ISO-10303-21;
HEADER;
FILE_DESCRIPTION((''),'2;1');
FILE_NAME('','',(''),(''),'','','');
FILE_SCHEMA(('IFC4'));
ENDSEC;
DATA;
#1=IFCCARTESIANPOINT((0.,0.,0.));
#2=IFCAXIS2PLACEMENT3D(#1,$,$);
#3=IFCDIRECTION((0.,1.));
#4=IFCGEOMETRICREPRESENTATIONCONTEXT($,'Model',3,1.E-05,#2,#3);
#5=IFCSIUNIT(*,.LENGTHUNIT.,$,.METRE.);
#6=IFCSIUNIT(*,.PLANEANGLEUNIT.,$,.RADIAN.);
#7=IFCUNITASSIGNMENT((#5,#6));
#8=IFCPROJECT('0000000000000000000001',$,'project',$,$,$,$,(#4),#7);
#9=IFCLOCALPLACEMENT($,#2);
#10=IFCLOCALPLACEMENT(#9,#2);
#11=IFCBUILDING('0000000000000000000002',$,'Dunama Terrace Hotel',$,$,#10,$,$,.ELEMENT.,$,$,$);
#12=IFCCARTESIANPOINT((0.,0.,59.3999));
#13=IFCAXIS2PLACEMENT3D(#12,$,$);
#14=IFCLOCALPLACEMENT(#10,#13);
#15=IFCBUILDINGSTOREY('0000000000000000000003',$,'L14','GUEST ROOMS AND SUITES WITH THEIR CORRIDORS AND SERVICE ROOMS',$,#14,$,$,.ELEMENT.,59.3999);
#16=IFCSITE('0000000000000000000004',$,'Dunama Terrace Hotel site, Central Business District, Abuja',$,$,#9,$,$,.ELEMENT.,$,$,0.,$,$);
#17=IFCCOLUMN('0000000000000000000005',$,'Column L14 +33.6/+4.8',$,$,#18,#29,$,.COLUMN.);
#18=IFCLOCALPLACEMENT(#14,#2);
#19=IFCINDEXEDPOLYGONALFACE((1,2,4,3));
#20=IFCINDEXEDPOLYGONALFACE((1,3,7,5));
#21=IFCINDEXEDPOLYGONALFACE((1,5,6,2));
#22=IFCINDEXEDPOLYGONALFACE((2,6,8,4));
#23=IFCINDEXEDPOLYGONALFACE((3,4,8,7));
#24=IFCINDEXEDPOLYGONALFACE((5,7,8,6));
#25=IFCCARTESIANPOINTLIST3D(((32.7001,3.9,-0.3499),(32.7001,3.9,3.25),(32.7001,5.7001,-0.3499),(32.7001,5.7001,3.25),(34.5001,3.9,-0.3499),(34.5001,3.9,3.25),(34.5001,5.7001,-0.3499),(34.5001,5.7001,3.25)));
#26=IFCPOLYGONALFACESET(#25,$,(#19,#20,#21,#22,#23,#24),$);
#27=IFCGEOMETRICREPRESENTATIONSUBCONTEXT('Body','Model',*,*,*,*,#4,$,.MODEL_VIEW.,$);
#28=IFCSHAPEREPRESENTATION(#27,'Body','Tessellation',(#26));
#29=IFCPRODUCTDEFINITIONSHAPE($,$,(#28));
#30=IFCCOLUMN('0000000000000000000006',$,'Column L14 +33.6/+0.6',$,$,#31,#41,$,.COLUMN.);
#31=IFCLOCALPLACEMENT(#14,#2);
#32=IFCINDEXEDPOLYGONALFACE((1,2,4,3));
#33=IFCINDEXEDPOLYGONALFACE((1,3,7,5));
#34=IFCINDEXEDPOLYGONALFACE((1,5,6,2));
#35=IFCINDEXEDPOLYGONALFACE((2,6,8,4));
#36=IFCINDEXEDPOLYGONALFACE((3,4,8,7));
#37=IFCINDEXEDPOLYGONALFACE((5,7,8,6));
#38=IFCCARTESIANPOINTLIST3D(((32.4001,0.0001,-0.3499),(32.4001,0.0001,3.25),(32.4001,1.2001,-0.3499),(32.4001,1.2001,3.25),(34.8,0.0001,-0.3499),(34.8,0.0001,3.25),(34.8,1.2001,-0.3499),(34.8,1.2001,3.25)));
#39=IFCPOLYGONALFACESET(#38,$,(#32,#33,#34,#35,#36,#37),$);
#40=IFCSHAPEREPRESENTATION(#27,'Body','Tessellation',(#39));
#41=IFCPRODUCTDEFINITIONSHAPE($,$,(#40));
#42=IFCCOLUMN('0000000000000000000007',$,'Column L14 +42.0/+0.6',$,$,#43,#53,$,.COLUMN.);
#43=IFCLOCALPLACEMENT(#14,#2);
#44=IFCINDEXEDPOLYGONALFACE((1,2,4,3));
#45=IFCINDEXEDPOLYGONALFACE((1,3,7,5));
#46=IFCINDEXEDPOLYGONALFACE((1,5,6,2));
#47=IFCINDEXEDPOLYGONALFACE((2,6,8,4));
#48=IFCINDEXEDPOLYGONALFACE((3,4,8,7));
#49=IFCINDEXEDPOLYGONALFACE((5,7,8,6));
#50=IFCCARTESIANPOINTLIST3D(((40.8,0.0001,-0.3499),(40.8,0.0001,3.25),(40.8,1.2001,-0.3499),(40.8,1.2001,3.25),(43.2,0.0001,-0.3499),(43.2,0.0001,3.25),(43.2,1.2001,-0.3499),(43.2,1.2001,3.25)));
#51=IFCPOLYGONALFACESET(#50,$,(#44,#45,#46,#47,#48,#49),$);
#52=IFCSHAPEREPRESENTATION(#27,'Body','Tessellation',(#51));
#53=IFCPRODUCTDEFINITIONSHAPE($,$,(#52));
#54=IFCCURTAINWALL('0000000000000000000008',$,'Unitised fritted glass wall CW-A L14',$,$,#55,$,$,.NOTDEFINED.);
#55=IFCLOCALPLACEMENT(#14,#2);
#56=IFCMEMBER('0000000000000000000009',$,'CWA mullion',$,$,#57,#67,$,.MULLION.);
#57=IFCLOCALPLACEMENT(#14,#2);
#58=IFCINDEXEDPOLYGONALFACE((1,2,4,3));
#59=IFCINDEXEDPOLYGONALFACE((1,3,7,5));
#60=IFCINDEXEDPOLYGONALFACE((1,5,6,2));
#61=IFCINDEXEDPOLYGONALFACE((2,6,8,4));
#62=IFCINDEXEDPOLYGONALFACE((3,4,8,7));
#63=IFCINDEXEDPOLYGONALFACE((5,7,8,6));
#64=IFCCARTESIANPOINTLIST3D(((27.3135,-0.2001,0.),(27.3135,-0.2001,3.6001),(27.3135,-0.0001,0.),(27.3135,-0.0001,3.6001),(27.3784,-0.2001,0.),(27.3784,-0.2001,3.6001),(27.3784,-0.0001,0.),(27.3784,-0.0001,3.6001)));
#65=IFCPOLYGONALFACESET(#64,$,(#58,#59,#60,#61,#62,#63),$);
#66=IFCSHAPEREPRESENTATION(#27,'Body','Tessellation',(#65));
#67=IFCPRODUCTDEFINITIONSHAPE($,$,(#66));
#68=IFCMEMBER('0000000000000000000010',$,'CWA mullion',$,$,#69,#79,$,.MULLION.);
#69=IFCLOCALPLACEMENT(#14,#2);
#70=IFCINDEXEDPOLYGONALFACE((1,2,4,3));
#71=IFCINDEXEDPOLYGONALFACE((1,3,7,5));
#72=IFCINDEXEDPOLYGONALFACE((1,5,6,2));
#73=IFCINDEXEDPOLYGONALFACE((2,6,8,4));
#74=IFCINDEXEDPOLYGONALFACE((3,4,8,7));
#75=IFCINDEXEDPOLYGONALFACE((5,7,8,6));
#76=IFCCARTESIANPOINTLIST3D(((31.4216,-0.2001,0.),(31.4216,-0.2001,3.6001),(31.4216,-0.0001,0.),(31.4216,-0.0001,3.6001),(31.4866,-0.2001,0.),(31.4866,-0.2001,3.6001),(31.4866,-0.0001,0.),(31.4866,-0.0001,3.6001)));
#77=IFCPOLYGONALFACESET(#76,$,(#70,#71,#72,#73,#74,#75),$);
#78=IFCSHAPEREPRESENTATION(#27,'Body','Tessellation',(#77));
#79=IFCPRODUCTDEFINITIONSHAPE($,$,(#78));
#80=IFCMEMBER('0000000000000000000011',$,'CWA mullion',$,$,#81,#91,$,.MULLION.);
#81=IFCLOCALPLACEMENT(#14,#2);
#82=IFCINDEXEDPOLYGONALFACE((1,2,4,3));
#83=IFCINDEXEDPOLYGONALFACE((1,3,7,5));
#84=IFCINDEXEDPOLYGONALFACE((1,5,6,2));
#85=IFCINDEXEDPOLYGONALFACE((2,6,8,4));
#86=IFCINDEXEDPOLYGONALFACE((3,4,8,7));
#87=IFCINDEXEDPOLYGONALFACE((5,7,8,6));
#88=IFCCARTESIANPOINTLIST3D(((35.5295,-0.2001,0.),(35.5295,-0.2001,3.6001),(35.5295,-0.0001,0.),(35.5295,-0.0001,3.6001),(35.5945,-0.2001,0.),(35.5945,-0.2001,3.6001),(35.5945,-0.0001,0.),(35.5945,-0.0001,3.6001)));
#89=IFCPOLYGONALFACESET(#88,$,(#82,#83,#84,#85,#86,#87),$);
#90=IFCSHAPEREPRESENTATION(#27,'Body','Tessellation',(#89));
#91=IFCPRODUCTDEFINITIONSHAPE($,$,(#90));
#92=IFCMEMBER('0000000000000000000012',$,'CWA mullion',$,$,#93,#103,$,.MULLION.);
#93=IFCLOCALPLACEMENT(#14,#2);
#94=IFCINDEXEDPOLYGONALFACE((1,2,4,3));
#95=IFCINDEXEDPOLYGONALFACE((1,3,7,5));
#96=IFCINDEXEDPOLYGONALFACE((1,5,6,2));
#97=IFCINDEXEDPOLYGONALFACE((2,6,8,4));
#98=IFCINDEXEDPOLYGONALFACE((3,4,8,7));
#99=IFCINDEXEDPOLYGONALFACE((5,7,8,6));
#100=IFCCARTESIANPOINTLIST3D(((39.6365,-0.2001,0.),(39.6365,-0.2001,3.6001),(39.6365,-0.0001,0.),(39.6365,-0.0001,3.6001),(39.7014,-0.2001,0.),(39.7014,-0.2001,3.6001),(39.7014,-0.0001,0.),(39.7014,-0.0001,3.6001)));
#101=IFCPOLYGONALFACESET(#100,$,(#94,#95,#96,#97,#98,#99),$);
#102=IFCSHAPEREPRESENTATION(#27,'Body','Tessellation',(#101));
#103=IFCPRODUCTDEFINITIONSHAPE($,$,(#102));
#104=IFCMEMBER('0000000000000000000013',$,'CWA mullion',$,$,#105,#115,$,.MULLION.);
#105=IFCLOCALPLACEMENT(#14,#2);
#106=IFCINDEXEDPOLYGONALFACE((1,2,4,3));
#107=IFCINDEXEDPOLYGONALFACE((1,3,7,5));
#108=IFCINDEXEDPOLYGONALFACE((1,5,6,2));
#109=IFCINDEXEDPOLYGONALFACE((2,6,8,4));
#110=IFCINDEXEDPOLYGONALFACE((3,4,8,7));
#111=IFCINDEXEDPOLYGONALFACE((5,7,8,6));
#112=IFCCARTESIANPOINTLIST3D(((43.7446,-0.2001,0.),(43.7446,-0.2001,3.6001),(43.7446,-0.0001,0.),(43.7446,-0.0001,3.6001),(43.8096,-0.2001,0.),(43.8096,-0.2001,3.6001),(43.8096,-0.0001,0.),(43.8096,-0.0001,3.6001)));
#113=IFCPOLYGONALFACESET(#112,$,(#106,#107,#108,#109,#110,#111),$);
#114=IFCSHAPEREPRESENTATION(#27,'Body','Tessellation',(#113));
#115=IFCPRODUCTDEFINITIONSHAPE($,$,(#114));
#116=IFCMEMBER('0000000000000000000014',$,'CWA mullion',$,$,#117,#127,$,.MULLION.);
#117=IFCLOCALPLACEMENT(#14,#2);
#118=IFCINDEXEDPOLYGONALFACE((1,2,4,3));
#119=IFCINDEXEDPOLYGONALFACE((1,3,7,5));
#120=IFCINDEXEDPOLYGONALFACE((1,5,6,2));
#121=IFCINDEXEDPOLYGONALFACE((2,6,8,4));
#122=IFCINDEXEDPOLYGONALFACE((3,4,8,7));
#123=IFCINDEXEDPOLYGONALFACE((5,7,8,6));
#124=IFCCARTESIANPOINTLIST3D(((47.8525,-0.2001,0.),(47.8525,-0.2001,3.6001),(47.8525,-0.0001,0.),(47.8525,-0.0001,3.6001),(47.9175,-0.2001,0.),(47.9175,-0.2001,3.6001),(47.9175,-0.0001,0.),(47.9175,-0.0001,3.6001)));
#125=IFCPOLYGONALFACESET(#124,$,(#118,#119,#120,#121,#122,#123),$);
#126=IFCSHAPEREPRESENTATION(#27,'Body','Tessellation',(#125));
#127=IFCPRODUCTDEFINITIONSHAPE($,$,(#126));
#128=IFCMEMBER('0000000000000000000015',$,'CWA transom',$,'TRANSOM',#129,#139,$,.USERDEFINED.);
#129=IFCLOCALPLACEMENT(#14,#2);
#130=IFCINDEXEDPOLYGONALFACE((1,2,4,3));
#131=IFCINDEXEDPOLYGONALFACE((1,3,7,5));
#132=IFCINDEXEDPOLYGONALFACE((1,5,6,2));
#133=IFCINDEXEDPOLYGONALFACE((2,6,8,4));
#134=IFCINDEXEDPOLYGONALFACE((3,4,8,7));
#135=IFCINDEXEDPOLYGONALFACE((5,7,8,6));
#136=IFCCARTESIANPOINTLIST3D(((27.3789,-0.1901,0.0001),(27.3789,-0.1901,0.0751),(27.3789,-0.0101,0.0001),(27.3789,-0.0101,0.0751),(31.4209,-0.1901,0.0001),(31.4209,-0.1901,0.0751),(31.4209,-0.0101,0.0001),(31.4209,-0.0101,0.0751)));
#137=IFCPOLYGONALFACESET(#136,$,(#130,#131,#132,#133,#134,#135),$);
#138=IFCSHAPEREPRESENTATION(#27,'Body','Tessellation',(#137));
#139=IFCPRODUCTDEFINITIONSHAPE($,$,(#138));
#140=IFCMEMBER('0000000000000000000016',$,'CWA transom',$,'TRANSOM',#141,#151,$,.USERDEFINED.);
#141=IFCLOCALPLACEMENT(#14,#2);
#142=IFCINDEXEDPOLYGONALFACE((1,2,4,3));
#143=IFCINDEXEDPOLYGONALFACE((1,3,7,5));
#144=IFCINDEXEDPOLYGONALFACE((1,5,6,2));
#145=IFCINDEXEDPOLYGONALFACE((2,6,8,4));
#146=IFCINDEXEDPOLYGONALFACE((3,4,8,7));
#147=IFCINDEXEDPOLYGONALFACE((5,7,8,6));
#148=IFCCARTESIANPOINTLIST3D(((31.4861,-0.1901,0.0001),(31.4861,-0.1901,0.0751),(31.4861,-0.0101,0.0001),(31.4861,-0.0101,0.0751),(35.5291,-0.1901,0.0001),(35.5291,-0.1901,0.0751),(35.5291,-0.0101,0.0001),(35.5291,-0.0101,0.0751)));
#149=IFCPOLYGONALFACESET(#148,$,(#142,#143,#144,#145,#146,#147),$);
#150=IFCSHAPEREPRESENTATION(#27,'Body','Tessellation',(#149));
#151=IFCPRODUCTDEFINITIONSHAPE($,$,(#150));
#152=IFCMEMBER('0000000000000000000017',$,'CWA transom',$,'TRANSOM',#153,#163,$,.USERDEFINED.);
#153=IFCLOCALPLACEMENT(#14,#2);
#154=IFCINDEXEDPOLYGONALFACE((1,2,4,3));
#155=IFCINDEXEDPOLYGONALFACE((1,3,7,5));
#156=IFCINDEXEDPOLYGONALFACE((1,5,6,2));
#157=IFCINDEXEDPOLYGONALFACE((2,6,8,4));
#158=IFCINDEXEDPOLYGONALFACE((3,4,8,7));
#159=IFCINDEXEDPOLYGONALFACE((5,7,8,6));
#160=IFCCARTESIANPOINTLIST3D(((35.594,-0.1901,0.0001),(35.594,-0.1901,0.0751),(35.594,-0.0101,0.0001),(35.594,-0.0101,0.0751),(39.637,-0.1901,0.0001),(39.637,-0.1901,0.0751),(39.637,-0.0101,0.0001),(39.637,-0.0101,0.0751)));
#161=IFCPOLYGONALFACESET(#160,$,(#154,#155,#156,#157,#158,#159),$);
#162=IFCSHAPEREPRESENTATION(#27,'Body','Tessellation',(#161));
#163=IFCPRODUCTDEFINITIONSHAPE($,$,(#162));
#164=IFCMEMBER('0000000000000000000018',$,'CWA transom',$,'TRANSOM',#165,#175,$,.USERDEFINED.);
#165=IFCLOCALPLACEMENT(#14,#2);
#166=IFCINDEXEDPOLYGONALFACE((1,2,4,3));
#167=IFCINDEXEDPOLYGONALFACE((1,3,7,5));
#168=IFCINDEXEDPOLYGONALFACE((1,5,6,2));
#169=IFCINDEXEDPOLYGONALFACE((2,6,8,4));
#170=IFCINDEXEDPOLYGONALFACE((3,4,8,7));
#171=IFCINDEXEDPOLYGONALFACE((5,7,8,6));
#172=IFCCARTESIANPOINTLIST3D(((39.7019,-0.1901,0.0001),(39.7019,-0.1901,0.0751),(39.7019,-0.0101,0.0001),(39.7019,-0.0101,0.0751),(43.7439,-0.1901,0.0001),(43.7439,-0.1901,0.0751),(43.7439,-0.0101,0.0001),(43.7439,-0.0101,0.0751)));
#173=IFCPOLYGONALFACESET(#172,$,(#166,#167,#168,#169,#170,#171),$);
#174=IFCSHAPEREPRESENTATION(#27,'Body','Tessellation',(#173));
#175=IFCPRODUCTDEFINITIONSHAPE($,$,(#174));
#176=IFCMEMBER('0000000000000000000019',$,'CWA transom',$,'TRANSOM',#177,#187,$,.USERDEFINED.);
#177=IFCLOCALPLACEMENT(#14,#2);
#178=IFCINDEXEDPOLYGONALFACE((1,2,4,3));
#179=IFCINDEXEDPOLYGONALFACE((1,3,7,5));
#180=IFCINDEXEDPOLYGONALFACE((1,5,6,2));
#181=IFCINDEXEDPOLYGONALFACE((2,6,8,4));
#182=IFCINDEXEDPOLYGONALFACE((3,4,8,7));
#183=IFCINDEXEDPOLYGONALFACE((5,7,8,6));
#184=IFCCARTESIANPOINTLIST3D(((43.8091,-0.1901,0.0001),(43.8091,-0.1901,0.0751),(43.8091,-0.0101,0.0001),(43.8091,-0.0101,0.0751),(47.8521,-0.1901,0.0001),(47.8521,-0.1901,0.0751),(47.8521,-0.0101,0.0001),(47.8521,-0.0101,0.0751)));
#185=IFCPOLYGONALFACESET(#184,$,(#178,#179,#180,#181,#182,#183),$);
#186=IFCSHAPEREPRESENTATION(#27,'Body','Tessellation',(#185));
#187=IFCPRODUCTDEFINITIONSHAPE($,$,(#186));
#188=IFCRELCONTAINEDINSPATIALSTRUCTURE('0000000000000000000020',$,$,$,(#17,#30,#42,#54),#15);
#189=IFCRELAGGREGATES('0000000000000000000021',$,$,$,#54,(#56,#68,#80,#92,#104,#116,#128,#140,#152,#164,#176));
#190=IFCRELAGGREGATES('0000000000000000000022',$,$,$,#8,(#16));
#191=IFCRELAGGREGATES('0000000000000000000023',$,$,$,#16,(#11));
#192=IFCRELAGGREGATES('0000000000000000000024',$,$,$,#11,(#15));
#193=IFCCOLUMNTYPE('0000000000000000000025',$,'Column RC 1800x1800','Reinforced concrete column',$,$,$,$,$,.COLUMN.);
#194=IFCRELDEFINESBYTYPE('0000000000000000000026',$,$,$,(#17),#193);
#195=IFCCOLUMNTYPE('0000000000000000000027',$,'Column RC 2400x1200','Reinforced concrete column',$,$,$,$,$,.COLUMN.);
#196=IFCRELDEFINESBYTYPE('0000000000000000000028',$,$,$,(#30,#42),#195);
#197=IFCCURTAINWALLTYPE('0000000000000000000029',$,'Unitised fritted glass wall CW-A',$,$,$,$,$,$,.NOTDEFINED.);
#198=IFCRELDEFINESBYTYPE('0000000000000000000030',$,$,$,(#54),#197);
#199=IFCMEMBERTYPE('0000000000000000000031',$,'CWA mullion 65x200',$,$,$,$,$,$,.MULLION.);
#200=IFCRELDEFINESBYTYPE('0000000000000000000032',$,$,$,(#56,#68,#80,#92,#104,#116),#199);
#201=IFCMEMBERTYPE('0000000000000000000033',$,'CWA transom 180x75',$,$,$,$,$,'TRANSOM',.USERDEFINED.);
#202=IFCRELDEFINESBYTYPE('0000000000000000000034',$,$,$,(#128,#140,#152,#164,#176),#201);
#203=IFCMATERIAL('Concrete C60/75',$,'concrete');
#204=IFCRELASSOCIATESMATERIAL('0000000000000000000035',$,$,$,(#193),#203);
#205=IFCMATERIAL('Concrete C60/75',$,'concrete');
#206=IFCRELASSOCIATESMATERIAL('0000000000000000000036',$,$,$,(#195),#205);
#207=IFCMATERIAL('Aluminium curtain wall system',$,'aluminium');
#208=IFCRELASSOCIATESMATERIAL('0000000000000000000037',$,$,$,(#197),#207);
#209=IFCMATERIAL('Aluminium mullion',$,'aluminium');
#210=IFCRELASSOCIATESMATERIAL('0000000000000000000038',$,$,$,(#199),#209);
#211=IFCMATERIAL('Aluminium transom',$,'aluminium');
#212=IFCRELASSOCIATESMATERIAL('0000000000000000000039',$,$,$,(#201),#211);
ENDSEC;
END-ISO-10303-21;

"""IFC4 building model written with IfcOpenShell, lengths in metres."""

from ifc_helpers import new_model, si_unit, direction, frame, origin, origin_2d, place, context, subcontext, project, spatial, rectangle, extrude, material, material_profile, profile_set, type_object, element, aggregate, save


model = new_model("IFC4")

# Units and contexts
model_context = context("Model", 3, precision=1e-05, world=origin(), true_north=direction((0.0, 1.0)))
body_context = subcontext(model_context, "Body", "Model", "MODEL_VIEW")
ifc_project = project(units=[si_unit("LENGTHUNIT", "METRE"), si_unit("PLANEANGLEUNIT", "RADIAN")], contexts=[model_context])

# Site, building, storey
site_placement = place(None, origin())
site = spatial("IfcSite", under=ifc_project, at=site_placement, Name="Dunama Terrace Hotel site, Central Business District, Abuja", CompositionType="ELEMENT", RefElevation=0.0)
building_placement = place(site_placement, origin())
building = spatial("IfcBuilding", under=site, at=building_placement, Name="Dunama Terrace Hotel", CompositionType="ELEMENT")
storey_placement = place(building_placement, frame((0.0, 0.0, 59.3999)))
storey = spatial("IfcBuildingStorey", under=building, at=storey_placement, Name="L14", Description="GUEST ROOMS AND SUITES WITH THEIR CORRIDORS AND SERVICE ROOMS", CompositionType="ELEMENT", Elevation=59.3999)

# Columns
ifc_material_1 = material(Name="Concrete C60/75", Category="concrete")
ifc_material_profile_1 = material_profile(ifc_material_1, rectangle(XDim=1.8, YDim=1.8, at=origin_2d()), Name="RC 1800x1800")
ifc_profile_set_1 = profile_set([ifc_material_profile_1], Name="Concrete C60/75")
column_type_1 = type_object("IfcColumnType", Name="Column RC 1800x1800", Description="Reinforced concrete column", PredefinedType="COLUMN", material=ifc_profile_set_1)
column_placement = place(storey_placement, frame((33.6001, 4.8, -0.3499), z_axis=(0.0, 0.0, 1.0), x_axis=(1.0, 0.0, 0.0)))
element("IfcColumn", 1, at=column_placement, inside=storey, type_object=column_type_1, Name="Column L14 +33.6/+4.8", PredefinedType="COLUMN", context=body_context, shape_type="SweptSolid", body=[
    extrude(rectangle(XDim=1.8, YDim=1.8, at=origin_2d()), origin(), (0.0, 0.0, 1.0), 3.5999),
])
ifc_material_2 = material(Name="Concrete C60/75", Category="concrete")
ifc_material_profile_2 = material_profile(ifc_material_2, rectangle(XDim=2.3999, YDim=1.2, at=origin_2d()), Name="RC 2400x1200")
ifc_profile_set_2 = profile_set([ifc_material_profile_2], Name="Concrete C60/75")
column_type_2 = type_object("IfcColumnType", Name="Column RC 2400x1200", Description="Reinforced concrete column", PredefinedType="COLUMN", material=ifc_profile_set_2)
for number, where, z_axis, x_axis, name in (
    (2, (33.6001, 0.6001, -0.3499), (0.0, 0.0, 1.0), (1.0, 0.0, 0.0), "Column L14 +33.6/+0.6"),
    (3, (42.0, 0.6001, -0.3499), (0.0, 0.0, 1.0), (1.0, 0.0, 0.0), "Column L14 +42.0/+0.6"),
):
    element("IfcColumn", number, at=place(storey_placement, frame(where, z_axis=z_axis, x_axis=x_axis)), inside=storey, type_object=column_type_2, Name=name, PredefinedType="COLUMN", context=body_context, shape_type="SweptSolid", body=[
        extrude(rectangle(XDim=2.3999, YDim=1.2, at=origin_2d()), origin(), (0.0, 0.0, 1.0), 3.5999),
    ])

# Curtain wall, members
ifc_material_3 = material(Name="Aluminium curtain wall system", Category="aluminium")
curtain_wall_type = type_object("IfcCurtainWallType", Name="Unitised fritted glass wall CW-A", PredefinedType="NOTDEFINED", material=ifc_material_3)
curtain_wall_placement = place(storey_placement, origin())
curtain_wall = element("IfcCurtainWall", 4, at=curtain_wall_placement, inside=storey, type_object=curtain_wall_type, Name="Unitised fritted glass wall CW-A L14", PredefinedType="NOTDEFINED")
ifc_material_4 = material(Name="Aluminium mullion", Category="aluminium")
ifc_material_profile_3 = material_profile(ifc_material_4, rectangle(XDim=0.0649, YDim=0.2, at=origin_2d()), Name="CWA MULLION 65X200")
ifc_profile_set_3 = profile_set([ifc_material_profile_3], Name="Aluminium mullion")
member_type_1 = type_object("IfcMemberType", Name="CWA mullion 65x200", PredefinedType="MULLION", material=ifc_profile_set_3)
member_1_placement = place(storey_placement, frame((27.3459, -0.1001, 0.0), z_axis=(0.0, 0.0, 1.0), x_axis=(1.0, 0.0, 0.0)))
member_1 = element("IfcMember", 5, at=member_1_placement, type_object=member_type_1, Name="CWA mullion", PredefinedType="MULLION", context=body_context, shape_type="SweptSolid", body=[
    extrude(rectangle(XDim=0.0649, YDim=0.2, at=origin_2d()), origin(), (0.0, 0.0, 1.0), 3.6001),
])
member_2_placement = place(storey_placement, frame((31.4541, -0.1001, 0.0), z_axis=(0.0, 0.0, 1.0), x_axis=(1.0, 0.0, 0.0)))
member_2 = element("IfcMember", 6, at=member_2_placement, type_object=member_type_1, Name="CWA mullion", PredefinedType="MULLION", context=body_context, shape_type="SweptSolid", body=[
    extrude(rectangle(XDim=0.0649, YDim=0.2, at=origin_2d()), origin(), (0.0, 0.0, 1.0), 3.6001),
])
member_3_placement = place(storey_placement, frame((35.562, -0.1001, 0.0), z_axis=(0.0, 0.0, 1.0), x_axis=(1.0, 0.0, 0.0)))
member_3 = element("IfcMember", 7, at=member_3_placement, type_object=member_type_1, Name="CWA mullion", PredefinedType="MULLION", context=body_context, shape_type="SweptSolid", body=[
    extrude(rectangle(XDim=0.0649, YDim=0.2, at=origin_2d()), origin(), (0.0, 0.0, 1.0), 3.6001),
])
member_4_placement = place(storey_placement, frame((39.6689, -0.1001, 0.0), z_axis=(0.0, 0.0, 1.0), x_axis=(1.0, 0.0, 0.0)))
member_4 = element("IfcMember", 8, at=member_4_placement, type_object=member_type_1, Name="CWA mullion", PredefinedType="MULLION", context=body_context, shape_type="SweptSolid", body=[
    extrude(rectangle(XDim=0.0649, YDim=0.2, at=origin_2d()), origin(), (0.0, 0.0, 1.0), 3.6001),
])
member_5_placement = place(storey_placement, frame((43.7771, -0.1001, 0.0), z_axis=(0.0, 0.0, 1.0), x_axis=(1.0, 0.0, 0.0)))
member_5 = element("IfcMember", 9, at=member_5_placement, type_object=member_type_1, Name="CWA mullion", PredefinedType="MULLION", context=body_context, shape_type="SweptSolid", body=[
    extrude(rectangle(XDim=0.0649, YDim=0.2, at=origin_2d()), origin(), (0.0, 0.0, 1.0), 3.6001),
])
member_6_placement = place(storey_placement, frame((47.885, -0.1001, 0.0), z_axis=(0.0, 0.0, 1.0), x_axis=(1.0, 0.0, 0.0)))
member_6 = element("IfcMember", 10, at=member_6_placement, type_object=member_type_1, Name="CWA mullion", PredefinedType="MULLION", context=body_context, shape_type="SweptSolid", body=[
    extrude(rectangle(XDim=0.0649, YDim=0.2, at=origin_2d()), origin(), (0.0, 0.0, 1.0), 3.6001),
])
ifc_material_5 = material(Name="Aluminium transom", Category="aluminium")
ifc_material_profile_4 = material_profile(ifc_material_5, rectangle(XDim=0.1799, YDim=0.075, at=origin_2d()), Name="CWA TRANSOM 180X75")
ifc_profile_set_4 = profile_set([ifc_material_profile_4], Name="Aluminium transom")
member_type_2 = type_object("IfcMemberType", Name="CWA transom 180x75", ElementType="TRANSOM", PredefinedType="USERDEFINED", material=ifc_profile_set_4)
member_7_placement = place(storey_placement, frame((27.3789, -0.1001, 0.0376), z_axis=(1.0, 0.0, 0.0), x_axis=(0.0, 1.0, 0.0)))
member_7 = element("IfcMember", 11, at=member_7_placement, type_object=member_type_2, Name="CWA transom", ObjectType="TRANSOM", PredefinedType="USERDEFINED", context=body_context, shape_type="SweptSolid", body=[
    extrude(rectangle(XDim=0.1799, YDim=0.075, at=origin_2d()), origin(), (0.0, 0.0, 1.0), 4.042),
])
member_8_placement = place(storey_placement, frame((31.4861, -0.1001, 0.0376), z_axis=(1.0, 0.0, 0.0), x_axis=(0.0, 1.0, 0.0)))
member_8 = element("IfcMember", 12, at=member_8_placement, type_object=member_type_2, Name="CWA transom", ObjectType="TRANSOM", PredefinedType="USERDEFINED", context=body_context, shape_type="SweptSolid", body=[
    extrude(rectangle(XDim=0.1799, YDim=0.075, at=origin_2d()), origin(), (0.0, 0.0, 1.0), 4.043),
])
member_9_placement = place(storey_placement, frame((35.594, -0.1001, 0.0376), z_axis=(1.0, 0.0, 0.0), x_axis=(0.0, 1.0, 0.0)))
member_9 = element("IfcMember", 13, at=member_9_placement, type_object=member_type_2, Name="CWA transom", ObjectType="TRANSOM", PredefinedType="USERDEFINED", context=body_context, shape_type="SweptSolid", body=[
    extrude(rectangle(XDim=0.1799, YDim=0.075, at=origin_2d()), origin(), (0.0, 0.0, 1.0), 4.043),
])
member_10_placement = place(storey_placement, frame((39.7019, -0.1001, 0.0376), z_axis=(1.0, 0.0, 0.0), x_axis=(0.0, 1.0, 0.0)))
member_10 = element("IfcMember", 14, at=member_10_placement, type_object=member_type_2, Name="CWA transom", ObjectType="TRANSOM", PredefinedType="USERDEFINED", context=body_context, shape_type="SweptSolid", body=[
    extrude(rectangle(XDim=0.1799, YDim=0.075, at=origin_2d()), origin(), (0.0, 0.0, 1.0), 4.042),
])
member_11_placement = place(storey_placement, frame((43.8091, -0.1001, 0.0376), z_axis=(1.0, 0.0, 0.0), x_axis=(0.0, 1.0, 0.0)))
member_11 = element("IfcMember", 15, at=member_11_placement, type_object=member_type_2, Name="CWA transom", ObjectType="TRANSOM", PredefinedType="USERDEFINED", context=body_context, shape_type="SweptSolid", body=[
    extrude(rectangle(XDim=0.1799, YDim=0.075, at=origin_2d()), origin(), (0.0, 0.0, 1.0), 4.043),
])

aggregate(curtain_wall, [member_1, member_2, member_3, member_4, member_5, member_6, member_7, member_8, member_9, member_10, member_11])

save(model, "model.ifc")
